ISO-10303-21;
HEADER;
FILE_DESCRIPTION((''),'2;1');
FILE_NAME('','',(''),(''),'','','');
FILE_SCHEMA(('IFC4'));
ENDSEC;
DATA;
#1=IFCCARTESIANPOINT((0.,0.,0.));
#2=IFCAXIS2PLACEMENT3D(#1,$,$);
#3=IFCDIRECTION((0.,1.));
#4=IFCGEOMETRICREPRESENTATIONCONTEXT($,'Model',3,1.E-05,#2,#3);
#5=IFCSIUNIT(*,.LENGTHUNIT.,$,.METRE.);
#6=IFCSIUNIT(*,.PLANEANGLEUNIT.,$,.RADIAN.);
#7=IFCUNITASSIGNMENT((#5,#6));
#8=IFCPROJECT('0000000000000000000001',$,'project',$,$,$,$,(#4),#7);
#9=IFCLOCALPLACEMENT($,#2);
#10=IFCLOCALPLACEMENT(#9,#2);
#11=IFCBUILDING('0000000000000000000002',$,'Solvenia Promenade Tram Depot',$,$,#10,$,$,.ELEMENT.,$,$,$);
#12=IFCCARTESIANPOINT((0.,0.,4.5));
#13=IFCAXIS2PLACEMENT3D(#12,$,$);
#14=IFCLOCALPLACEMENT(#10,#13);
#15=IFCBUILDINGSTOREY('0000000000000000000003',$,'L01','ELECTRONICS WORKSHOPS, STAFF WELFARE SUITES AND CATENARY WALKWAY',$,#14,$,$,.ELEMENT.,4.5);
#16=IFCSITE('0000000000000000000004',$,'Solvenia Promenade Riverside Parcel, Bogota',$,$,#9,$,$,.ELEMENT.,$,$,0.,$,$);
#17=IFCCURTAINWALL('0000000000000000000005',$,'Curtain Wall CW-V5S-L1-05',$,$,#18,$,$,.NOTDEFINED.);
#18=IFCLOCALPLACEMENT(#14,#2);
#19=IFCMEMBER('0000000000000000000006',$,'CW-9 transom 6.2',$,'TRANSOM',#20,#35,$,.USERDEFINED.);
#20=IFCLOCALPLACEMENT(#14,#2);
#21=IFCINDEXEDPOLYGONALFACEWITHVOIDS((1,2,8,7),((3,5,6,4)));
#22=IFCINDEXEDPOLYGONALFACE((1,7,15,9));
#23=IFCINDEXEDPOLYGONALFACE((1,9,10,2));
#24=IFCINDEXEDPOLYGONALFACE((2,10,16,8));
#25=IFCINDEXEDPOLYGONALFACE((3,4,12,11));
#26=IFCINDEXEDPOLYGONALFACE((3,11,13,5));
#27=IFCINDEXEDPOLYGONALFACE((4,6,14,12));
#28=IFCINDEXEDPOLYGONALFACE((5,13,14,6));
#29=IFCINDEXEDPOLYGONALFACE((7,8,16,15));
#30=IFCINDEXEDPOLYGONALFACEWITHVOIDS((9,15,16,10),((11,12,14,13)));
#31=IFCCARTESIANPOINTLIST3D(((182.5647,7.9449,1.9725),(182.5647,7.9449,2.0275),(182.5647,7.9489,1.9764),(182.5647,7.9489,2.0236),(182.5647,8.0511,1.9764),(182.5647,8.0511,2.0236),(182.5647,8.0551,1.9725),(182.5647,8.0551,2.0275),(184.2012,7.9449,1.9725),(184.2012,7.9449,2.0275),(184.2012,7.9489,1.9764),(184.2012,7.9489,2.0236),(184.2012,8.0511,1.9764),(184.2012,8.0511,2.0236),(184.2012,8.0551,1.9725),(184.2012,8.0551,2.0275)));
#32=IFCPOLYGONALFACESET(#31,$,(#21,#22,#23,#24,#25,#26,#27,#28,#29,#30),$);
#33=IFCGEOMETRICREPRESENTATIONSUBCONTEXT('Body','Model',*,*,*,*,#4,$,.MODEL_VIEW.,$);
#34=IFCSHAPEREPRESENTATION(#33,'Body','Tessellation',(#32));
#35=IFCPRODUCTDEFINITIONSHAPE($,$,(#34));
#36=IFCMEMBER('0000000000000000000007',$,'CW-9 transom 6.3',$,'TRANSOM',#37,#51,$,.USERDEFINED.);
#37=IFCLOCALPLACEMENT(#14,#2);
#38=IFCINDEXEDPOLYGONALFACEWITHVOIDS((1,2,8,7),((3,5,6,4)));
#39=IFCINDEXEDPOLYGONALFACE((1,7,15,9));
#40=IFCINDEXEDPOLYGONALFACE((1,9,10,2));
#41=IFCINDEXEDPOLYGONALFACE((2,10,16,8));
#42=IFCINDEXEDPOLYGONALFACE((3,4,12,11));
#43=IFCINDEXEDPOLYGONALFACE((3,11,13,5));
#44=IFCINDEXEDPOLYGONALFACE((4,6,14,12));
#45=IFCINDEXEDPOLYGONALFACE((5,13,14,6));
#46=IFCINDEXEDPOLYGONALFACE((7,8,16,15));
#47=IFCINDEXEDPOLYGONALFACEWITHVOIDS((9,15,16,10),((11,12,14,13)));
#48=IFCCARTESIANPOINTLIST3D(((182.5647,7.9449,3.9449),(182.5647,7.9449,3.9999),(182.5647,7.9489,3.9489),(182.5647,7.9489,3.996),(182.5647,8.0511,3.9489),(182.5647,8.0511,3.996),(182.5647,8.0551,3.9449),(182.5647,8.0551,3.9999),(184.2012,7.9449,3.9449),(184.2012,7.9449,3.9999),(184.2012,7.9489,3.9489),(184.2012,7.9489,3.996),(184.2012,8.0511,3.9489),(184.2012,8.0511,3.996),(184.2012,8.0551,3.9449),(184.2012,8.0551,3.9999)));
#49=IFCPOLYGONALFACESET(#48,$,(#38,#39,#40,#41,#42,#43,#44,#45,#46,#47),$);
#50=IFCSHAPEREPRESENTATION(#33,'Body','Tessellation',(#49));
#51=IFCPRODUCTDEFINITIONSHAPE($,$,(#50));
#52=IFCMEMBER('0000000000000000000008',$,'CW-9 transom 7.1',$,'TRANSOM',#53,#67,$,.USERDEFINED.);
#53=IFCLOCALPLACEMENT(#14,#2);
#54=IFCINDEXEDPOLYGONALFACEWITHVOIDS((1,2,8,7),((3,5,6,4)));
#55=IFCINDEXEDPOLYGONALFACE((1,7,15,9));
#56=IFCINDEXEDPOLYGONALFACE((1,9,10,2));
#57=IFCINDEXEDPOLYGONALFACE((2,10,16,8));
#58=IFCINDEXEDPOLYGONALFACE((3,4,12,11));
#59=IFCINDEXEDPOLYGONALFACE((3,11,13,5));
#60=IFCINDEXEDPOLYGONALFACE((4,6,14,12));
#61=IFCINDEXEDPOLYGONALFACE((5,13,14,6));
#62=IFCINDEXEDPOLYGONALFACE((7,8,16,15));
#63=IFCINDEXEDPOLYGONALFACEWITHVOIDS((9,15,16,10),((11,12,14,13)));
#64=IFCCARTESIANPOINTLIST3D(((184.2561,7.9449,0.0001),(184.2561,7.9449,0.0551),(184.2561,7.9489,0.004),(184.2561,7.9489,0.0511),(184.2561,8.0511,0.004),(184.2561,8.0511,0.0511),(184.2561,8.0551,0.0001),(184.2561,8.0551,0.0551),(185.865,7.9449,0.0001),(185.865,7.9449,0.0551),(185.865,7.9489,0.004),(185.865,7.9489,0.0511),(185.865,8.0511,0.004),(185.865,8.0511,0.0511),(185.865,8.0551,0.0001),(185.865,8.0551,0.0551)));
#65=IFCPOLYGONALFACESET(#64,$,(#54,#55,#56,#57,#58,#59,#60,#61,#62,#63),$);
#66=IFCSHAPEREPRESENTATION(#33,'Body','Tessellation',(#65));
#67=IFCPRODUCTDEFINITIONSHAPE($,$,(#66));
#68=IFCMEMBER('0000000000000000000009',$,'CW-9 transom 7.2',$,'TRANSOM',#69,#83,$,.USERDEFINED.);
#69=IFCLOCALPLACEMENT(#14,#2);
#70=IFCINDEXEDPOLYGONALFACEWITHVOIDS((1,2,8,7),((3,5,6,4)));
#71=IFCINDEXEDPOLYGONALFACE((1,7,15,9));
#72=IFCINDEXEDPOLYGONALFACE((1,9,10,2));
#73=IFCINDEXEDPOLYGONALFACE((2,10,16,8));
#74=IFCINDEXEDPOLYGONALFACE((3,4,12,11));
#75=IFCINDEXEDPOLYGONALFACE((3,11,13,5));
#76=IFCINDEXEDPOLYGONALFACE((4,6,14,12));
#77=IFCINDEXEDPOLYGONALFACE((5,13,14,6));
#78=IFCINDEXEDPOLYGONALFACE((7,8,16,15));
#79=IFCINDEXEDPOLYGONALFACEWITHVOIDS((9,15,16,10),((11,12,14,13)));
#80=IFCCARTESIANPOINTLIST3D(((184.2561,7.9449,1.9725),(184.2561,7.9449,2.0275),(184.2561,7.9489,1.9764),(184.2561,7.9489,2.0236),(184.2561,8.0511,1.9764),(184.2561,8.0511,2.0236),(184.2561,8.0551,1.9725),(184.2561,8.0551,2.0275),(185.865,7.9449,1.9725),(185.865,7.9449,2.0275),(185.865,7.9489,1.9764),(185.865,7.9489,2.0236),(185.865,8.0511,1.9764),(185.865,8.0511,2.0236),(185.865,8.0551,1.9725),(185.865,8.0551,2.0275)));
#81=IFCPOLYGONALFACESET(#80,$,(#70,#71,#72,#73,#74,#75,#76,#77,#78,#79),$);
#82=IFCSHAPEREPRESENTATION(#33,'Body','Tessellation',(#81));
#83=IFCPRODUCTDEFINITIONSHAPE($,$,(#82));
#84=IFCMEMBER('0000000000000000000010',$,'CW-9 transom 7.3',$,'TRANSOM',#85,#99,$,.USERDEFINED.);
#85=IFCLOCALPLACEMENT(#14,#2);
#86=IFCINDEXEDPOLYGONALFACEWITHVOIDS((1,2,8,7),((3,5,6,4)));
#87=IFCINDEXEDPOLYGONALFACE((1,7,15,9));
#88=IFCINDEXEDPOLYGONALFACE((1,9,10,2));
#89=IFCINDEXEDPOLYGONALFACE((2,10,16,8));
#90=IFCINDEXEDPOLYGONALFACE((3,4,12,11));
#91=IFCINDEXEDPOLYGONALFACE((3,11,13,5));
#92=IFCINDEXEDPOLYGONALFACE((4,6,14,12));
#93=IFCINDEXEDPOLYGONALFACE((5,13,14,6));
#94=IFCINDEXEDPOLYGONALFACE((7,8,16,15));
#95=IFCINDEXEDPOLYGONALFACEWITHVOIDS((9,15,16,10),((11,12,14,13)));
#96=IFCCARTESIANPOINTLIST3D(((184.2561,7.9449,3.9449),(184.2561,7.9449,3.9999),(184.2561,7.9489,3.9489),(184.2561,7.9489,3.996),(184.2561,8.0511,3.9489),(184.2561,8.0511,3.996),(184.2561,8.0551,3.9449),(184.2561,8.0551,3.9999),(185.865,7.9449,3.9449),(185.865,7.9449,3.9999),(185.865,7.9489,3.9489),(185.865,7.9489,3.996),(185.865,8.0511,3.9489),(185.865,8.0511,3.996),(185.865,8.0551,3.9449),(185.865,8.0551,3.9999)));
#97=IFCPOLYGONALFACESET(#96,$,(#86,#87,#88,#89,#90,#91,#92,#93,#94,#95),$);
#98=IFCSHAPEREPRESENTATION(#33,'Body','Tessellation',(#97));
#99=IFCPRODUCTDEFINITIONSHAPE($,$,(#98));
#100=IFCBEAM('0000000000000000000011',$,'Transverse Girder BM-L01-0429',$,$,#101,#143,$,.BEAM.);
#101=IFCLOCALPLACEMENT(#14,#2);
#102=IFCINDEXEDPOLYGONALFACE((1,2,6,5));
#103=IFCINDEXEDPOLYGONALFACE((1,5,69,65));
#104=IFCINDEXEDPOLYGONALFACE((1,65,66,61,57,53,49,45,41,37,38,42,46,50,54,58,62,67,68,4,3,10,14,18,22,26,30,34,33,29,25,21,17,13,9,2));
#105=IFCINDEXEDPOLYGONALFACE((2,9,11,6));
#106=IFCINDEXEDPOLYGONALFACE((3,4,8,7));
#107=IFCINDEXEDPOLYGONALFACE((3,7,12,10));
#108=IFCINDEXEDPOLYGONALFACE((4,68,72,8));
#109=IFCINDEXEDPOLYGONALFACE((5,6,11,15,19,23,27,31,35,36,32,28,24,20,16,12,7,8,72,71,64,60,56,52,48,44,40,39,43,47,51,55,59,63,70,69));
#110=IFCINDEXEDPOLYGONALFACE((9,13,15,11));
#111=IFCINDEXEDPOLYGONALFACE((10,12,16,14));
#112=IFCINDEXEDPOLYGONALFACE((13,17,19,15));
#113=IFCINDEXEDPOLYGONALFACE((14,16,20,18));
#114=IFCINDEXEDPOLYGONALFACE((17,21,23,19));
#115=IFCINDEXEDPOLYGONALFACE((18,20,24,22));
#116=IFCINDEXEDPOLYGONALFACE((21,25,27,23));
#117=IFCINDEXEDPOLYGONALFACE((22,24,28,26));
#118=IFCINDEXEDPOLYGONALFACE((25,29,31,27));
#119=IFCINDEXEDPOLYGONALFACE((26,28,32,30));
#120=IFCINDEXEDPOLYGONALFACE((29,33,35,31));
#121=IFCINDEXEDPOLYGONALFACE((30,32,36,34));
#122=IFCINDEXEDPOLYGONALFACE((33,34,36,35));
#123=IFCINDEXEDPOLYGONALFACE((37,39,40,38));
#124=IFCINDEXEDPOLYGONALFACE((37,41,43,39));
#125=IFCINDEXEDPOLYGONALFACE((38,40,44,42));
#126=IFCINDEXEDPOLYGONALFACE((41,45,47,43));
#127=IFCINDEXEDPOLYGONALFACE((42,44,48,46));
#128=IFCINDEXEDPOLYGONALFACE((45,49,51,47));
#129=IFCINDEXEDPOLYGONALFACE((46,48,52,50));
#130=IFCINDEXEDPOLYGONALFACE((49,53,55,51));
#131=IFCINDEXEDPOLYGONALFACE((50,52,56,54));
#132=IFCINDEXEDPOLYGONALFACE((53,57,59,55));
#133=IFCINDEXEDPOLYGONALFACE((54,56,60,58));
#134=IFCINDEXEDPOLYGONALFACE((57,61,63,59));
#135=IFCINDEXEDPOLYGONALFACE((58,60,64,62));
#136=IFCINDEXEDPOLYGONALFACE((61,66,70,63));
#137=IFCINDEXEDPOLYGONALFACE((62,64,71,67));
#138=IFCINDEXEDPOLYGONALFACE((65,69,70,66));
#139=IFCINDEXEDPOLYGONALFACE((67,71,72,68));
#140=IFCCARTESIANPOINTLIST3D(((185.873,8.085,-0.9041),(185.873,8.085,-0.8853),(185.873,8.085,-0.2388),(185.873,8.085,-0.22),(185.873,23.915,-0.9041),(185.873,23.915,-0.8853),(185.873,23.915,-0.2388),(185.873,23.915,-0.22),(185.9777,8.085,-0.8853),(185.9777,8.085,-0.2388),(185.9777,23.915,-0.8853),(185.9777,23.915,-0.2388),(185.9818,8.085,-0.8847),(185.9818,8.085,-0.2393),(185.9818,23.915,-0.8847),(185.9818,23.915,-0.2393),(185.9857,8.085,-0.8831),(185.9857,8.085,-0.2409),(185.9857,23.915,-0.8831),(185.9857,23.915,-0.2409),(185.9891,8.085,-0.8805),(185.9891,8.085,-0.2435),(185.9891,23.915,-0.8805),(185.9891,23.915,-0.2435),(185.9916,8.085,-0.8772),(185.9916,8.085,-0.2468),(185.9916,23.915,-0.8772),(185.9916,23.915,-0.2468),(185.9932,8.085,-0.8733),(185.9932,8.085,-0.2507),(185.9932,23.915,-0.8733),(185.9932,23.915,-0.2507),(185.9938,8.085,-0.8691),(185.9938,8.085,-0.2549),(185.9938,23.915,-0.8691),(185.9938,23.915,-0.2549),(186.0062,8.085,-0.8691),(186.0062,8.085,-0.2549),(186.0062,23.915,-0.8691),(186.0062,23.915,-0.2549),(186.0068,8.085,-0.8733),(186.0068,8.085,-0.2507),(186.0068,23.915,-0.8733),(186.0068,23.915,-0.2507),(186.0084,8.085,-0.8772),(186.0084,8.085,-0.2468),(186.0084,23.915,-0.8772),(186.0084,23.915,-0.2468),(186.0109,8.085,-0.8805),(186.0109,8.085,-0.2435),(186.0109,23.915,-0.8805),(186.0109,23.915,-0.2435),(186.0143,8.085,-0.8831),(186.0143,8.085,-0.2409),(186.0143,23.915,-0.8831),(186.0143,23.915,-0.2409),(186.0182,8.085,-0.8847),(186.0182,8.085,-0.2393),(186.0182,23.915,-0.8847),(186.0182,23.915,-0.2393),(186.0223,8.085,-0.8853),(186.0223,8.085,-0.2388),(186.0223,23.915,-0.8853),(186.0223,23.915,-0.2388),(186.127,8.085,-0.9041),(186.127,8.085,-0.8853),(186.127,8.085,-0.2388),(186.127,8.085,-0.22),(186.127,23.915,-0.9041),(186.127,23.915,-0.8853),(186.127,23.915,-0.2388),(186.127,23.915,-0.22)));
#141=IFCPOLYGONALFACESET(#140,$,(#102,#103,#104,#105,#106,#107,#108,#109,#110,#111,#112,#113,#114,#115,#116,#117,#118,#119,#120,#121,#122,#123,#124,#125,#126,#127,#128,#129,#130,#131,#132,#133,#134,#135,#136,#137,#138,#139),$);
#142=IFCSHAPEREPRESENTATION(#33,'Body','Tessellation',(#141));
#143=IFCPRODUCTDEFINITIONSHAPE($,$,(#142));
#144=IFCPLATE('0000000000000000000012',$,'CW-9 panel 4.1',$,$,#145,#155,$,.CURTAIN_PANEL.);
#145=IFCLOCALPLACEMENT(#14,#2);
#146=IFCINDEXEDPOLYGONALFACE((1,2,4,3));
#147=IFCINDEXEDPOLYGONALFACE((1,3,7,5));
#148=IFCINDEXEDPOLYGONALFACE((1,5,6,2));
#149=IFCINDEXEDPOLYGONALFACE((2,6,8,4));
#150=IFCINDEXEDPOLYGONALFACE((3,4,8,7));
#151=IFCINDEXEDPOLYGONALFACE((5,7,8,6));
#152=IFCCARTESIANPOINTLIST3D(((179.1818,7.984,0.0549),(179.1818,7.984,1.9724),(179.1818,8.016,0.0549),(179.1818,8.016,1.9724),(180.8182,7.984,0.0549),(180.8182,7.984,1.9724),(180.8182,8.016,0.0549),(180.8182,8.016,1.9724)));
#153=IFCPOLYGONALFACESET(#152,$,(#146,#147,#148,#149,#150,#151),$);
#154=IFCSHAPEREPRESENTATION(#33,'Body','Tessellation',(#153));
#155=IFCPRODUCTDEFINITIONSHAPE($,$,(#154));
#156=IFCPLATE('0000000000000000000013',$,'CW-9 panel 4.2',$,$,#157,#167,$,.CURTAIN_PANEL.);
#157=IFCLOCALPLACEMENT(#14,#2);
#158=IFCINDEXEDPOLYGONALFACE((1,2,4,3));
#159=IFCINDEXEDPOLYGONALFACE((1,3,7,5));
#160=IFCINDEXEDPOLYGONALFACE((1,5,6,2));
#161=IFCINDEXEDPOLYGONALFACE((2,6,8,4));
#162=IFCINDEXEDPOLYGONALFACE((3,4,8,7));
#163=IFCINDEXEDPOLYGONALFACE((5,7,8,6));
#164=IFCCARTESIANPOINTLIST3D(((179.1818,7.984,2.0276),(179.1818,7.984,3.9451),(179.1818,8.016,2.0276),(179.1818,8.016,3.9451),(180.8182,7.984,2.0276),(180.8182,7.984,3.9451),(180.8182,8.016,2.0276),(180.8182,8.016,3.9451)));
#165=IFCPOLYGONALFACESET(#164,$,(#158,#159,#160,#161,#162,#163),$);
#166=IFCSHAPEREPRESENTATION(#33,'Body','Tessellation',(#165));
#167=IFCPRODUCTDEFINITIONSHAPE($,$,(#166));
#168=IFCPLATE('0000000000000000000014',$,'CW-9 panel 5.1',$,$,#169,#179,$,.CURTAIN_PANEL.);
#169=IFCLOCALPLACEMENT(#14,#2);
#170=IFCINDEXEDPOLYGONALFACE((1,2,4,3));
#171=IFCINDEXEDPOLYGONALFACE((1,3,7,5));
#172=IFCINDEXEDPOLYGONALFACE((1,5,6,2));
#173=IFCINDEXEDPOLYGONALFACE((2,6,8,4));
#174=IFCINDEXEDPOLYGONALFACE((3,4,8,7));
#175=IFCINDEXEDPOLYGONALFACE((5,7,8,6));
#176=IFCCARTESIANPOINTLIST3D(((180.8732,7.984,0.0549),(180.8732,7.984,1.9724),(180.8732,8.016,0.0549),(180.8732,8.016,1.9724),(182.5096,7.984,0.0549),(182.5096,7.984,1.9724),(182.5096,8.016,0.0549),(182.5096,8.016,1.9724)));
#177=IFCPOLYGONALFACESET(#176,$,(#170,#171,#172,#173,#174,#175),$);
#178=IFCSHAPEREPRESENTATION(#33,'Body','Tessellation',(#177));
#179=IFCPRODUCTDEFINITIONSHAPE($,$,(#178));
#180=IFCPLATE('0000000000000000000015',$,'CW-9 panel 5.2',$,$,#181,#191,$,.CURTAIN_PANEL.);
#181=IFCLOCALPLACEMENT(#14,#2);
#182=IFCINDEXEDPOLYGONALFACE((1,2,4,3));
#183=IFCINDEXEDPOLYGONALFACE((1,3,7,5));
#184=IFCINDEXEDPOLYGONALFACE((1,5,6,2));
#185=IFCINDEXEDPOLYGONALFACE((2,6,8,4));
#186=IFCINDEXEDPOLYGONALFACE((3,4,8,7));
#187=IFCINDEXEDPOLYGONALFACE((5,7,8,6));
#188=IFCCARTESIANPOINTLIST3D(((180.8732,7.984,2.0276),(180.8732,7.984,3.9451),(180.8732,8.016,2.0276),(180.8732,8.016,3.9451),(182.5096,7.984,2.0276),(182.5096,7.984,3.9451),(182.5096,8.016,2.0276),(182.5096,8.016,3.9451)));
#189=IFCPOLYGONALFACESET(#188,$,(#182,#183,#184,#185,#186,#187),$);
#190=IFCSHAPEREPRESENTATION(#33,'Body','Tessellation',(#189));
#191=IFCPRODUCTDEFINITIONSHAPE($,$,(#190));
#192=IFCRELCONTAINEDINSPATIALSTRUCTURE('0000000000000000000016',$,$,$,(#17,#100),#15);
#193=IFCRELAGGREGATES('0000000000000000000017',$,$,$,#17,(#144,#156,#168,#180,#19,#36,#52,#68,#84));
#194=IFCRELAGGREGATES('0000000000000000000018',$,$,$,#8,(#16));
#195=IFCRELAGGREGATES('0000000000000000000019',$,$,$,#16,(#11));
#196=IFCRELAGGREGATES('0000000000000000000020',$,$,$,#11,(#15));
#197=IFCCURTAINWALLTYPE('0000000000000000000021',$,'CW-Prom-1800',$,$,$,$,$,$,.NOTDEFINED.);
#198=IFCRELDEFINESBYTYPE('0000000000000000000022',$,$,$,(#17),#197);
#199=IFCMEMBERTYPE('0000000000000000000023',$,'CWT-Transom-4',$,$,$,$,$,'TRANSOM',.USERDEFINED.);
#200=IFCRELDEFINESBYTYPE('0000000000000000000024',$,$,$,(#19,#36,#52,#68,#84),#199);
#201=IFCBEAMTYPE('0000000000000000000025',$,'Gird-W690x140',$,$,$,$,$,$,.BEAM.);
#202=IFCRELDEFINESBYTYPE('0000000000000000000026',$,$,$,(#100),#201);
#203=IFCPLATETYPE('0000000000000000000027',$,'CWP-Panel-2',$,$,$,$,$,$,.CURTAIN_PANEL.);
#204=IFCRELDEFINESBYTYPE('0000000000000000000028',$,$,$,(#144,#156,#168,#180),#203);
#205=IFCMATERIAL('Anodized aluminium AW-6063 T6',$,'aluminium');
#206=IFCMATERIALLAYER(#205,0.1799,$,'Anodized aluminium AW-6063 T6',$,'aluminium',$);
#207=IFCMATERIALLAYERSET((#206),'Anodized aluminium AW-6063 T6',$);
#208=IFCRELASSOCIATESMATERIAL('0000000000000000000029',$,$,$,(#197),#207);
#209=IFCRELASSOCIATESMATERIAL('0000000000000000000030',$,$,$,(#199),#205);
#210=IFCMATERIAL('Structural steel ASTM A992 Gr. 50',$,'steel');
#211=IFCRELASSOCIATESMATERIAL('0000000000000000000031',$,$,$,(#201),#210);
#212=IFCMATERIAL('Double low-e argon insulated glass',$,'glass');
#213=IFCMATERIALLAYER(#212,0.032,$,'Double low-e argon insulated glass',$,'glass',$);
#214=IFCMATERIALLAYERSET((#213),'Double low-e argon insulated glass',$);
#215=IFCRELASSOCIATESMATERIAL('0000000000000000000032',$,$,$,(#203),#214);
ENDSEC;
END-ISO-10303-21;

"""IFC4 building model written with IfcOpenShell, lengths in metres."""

from ifc_helpers import new_model, si_unit, direction, frame, origin, origin_2d, place, context, subcontext, project, spatial, rectangle, hollow_rectangle, i_section, extrude, material, layer, layer_set, material_profile, profile_set, type_object, element, aggregate, save


model = new_model("IFC4")

# Units and contexts
model_context = context("Model", 3, precision=1e-05, world=origin(), true_north=direction((0.0, 1.0)))
body_context = subcontext(model_context, "Body", "Model", "MODEL_VIEW")
ifc_project = project(units=[si_unit("LENGTHUNIT", "METRE"), si_unit("PLANEANGLEUNIT", "RADIAN")], contexts=[model_context])

# Site, building, storey
site_placement = place(None, origin())
site = spatial("IfcSite", under=ifc_project, at=site_placement, Name="Solvenia Promenade Riverside Parcel, Bogota", CompositionType="ELEMENT", RefElevation=0.0)
building_placement = place(site_placement, origin())
building = spatial("IfcBuilding", under=site, at=building_placement, Name="Solvenia Promenade Tram Depot", CompositionType="ELEMENT")
storey_placement = place(building_placement, frame((0.0, 0.0, 4.5)))
storey = spatial("IfcBuildingStorey", under=building, at=storey_placement, Name="L01", Description="ELECTRONICS WORKSHOPS, STAFF WELFARE SUITES AND CATENARY WALKWAY", CompositionType="ELEMENT", Elevation=4.5)

# Shared definitions
ifc_material_1 = material(Name="Structural steel ASTM A992 Gr. 50", Category="steel")

# Curtain wall, members
ifc_material_2 = material(Name="Anodized aluminium AW-6063 T6", Category="aluminium")
ifc_layer_1 = layer(ifc_material_2, 0.1799, Name="Anodized aluminium AW-6063 T6", Category="aluminium")
ifc_layer_set_1 = layer_set([ifc_layer_1], Name="Anodized aluminium AW-6063 T6")
curtain_wall_type = type_object("IfcCurtainWallType", Name="CW-Prom-1800", PredefinedType="NOTDEFINED", material=ifc_layer_set_1)
curtain_wall_placement = place(storey_placement, origin())
curtain_wall = element("IfcCurtainWall", 1, at=curtain_wall_placement, inside=storey, type_object=curtain_wall_type, Name="Curtain Wall CW-V5S-L1-05", PredefinedType="NOTDEFINED")
ifc_material_profile_1 = material_profile(ifc_material_2, hollow_rectangle(XDim=0.1101, YDim=0.0549, WallThickness=0.0039, at=origin_2d()), Name="ALU-T4", Category="aluminium")
ifc_profile_set_1 = profile_set([ifc_material_profile_1], Name="Anodized aluminium AW-6063 T6")
member_type_1 = type_object("IfcMemberType", Name="CWT-Transom-4", ElementType="TRANSOM", PredefinedType="USERDEFINED", material=ifc_profile_set_1)
member_1_placement = place(storey_placement, frame((182.5647, 8.0, 2.0), z_axis=(1.0, 0.0, 0.0), x_axis=(0.0, 1.0, 0.0)))
member_1 = element("IfcMember", 2, at=member_1_placement, type_object=member_type_1, Name="CW-9 transom 6.2", ObjectType="TRANSOM", PredefinedType="USERDEFINED", context=body_context, shape_type="SweptSolid", body=[
    extrude(hollow_rectangle(XDim=0.1101, YDim=0.0549, WallThickness=0.0039, at=origin_2d()), origin(), (0.0, 0.0, 1.0), 1.6365),
])
member_2_placement = place(storey_placement, frame((182.5647, 8.0, 3.9724), z_axis=(1.0, 0.0, 0.0), x_axis=(0.0, 1.0, 0.0)))
member_2 = element("IfcMember", 3, at=member_2_placement, type_object=member_type_1, Name="CW-9 transom 6.3", ObjectType="TRANSOM", PredefinedType="USERDEFINED", context=body_context, shape_type="SweptSolid", body=[
    extrude(hollow_rectangle(XDim=0.1101, YDim=0.0549, WallThickness=0.0039, at=origin_2d()), origin(), (0.0, 0.0, 1.0), 1.6365),
])
member_3_placement = place(storey_placement, frame((184.2561, 8.0, 0.0276), z_axis=(1.0, 0.0, 0.0), x_axis=(0.0, 1.0, 0.0)))
member_3 = element("IfcMember", 4, at=member_3_placement, type_object=member_type_1, Name="CW-9 transom 7.1", ObjectType="TRANSOM", PredefinedType="USERDEFINED", context=body_context, shape_type="SweptSolid", body=[
    extrude(hollow_rectangle(XDim=0.1101, YDim=0.0549, WallThickness=0.0039, at=origin_2d()), origin(), (0.0, 0.0, 1.0), 1.6089),
])
member_4_placement = place(storey_placement, frame((184.2561, 8.0, 2.0), z_axis=(1.0, 0.0, 0.0), x_axis=(0.0, 1.0, 0.0)))
member_4 = element("IfcMember", 5, at=member_4_placement, type_object=member_type_1, Name="CW-9 transom 7.2", ObjectType="TRANSOM", PredefinedType="USERDEFINED", context=body_context, shape_type="SweptSolid", body=[
    extrude(hollow_rectangle(XDim=0.1101, YDim=0.0549, WallThickness=0.0039, at=origin_2d()), origin(), (0.0, 0.0, 1.0), 1.6089),
])
member_5_placement = place(storey_placement, frame((184.2561, 8.0, 3.9724), z_axis=(1.0, 0.0, 0.0), x_axis=(0.0, 1.0, 0.0)))
member_5 = element("IfcMember", 6, at=member_5_placement, type_object=member_type_1, Name="CW-9 transom 7.3", ObjectType="TRANSOM", PredefinedType="USERDEFINED", context=body_context, shape_type="SweptSolid", body=[
    extrude(hollow_rectangle(XDim=0.1101, YDim=0.0549, WallThickness=0.0039, at=origin_2d()), origin(), (0.0, 0.0, 1.0), 1.6089),
])

# Beam
ifc_material_profile_2 = material_profile(ifc_material_1, i_section(OverallWidth=0.2539, OverallDepth=0.6841, WebThickness=0.0125, FlangeThickness=0.0188, FilletRadius=0.0161, at=origin_2d()), Name="W690x140", Category="steel")
ifc_profile_set_2 = profile_set([ifc_material_profile_2], Name="Structural steel ASTM A992 Gr. 50")
beam_type = type_object("IfcBeamType", Name="Gird-W690x140", PredefinedType="BEAM", material=ifc_profile_set_2)
beam_placement = place(storey_placement, frame((186.0, 8.085, -0.562), z_axis=(0.0, 1.0, 0.0), x_axis=(-1.0, 0.0, 0.0)))
element("IfcBeam", 7, at=beam_placement, inside=storey, type_object=beam_type, Name="Transverse Girder BM-L01-0429", PredefinedType="BEAM", context=body_context, shape_type="SweptSolid", body=[
    extrude(i_section(OverallWidth=0.2539, OverallDepth=0.6841, WebThickness=0.0125, FlangeThickness=0.0188, FilletRadius=0.0161, at=origin_2d()), origin(), (0.0, 0.0, 1.0), 15.8301),
])

# Plates
ifc_material_3 = material(Name="Double low-e argon insulated glass", Category="glass")
ifc_layer_2 = layer(ifc_material_3, 0.032, Name="Double low-e argon insulated glass", Category="glass")
ifc_layer_set_2 = layer_set([ifc_layer_2], Name="Double low-e argon insulated glass")
plate_type = type_object("IfcPlateType", Name="CWP-Panel-2", PredefinedType="CURTAIN_PANEL", material=ifc_layer_set_2)
plate_1_placement = place(storey_placement, frame((180.0, 8.0, 0.0549), z_axis=(0.0, 0.0, 1.0), x_axis=(1.0, 0.0, 0.0)))
plate_1 = element("IfcPlate", 8, at=plate_1_placement, type_object=plate_type, Name="CW-9 panel 4.1", PredefinedType="CURTAIN_PANEL", context=body_context, shape_type="SweptSolid", body=[
    extrude(rectangle(XDim=1.6365, YDim=0.032, at=origin_2d()), origin(), (0.0, 0.0, 1.0), 1.9175),
])
plate_2_placement = place(storey_placement, frame((180.0, 8.0, 2.0276), z_axis=(0.0, 0.0, 1.0), x_axis=(1.0, 0.0, 0.0)))
plate_2 = element("IfcPlate", 9, at=plate_2_placement, type_object=plate_type, Name="CW-9 panel 4.2", PredefinedType="CURTAIN_PANEL", context=body_context, shape_type="SweptSolid", body=[
    extrude(rectangle(XDim=1.6365, YDim=0.032, at=origin_2d()), origin(), (0.0, 0.0, 1.0), 1.9175),
])
plate_3_placement = place(storey_placement, frame((181.6914, 8.0, 0.0549), z_axis=(0.0, 0.0, 1.0), x_axis=(1.0, 0.0, 0.0)))
plate_3 = element("IfcPlate", 10, at=plate_3_placement, type_object=plate_type, Name="CW-9 panel 5.1", PredefinedType="CURTAIN_PANEL", context=body_context, shape_type="SweptSolid", body=[
    extrude(rectangle(XDim=1.6365, YDim=0.032, at=origin_2d()), origin(), (0.0, 0.0, 1.0), 1.9175),
])
plate_4_placement = place(storey_placement, frame((181.6914, 8.0, 2.0276), z_axis=(0.0, 0.0, 1.0), x_axis=(1.0, 0.0, 0.0)))
plate_4 = element("IfcPlate", 11, at=plate_4_placement, type_object=plate_type, Name="CW-9 panel 5.2", PredefinedType="CURTAIN_PANEL", context=body_context, shape_type="SweptSolid", body=[
    extrude(rectangle(XDim=1.6365, YDim=0.032, at=origin_2d()), origin(), (0.0, 0.0, 1.0), 1.9175),
])
aggregate(curtain_wall, [plate_1, plate_2, plate_3, plate_4, member_1, member_2, member_3, member_4, member_5])

save(model, "model.ifc")
